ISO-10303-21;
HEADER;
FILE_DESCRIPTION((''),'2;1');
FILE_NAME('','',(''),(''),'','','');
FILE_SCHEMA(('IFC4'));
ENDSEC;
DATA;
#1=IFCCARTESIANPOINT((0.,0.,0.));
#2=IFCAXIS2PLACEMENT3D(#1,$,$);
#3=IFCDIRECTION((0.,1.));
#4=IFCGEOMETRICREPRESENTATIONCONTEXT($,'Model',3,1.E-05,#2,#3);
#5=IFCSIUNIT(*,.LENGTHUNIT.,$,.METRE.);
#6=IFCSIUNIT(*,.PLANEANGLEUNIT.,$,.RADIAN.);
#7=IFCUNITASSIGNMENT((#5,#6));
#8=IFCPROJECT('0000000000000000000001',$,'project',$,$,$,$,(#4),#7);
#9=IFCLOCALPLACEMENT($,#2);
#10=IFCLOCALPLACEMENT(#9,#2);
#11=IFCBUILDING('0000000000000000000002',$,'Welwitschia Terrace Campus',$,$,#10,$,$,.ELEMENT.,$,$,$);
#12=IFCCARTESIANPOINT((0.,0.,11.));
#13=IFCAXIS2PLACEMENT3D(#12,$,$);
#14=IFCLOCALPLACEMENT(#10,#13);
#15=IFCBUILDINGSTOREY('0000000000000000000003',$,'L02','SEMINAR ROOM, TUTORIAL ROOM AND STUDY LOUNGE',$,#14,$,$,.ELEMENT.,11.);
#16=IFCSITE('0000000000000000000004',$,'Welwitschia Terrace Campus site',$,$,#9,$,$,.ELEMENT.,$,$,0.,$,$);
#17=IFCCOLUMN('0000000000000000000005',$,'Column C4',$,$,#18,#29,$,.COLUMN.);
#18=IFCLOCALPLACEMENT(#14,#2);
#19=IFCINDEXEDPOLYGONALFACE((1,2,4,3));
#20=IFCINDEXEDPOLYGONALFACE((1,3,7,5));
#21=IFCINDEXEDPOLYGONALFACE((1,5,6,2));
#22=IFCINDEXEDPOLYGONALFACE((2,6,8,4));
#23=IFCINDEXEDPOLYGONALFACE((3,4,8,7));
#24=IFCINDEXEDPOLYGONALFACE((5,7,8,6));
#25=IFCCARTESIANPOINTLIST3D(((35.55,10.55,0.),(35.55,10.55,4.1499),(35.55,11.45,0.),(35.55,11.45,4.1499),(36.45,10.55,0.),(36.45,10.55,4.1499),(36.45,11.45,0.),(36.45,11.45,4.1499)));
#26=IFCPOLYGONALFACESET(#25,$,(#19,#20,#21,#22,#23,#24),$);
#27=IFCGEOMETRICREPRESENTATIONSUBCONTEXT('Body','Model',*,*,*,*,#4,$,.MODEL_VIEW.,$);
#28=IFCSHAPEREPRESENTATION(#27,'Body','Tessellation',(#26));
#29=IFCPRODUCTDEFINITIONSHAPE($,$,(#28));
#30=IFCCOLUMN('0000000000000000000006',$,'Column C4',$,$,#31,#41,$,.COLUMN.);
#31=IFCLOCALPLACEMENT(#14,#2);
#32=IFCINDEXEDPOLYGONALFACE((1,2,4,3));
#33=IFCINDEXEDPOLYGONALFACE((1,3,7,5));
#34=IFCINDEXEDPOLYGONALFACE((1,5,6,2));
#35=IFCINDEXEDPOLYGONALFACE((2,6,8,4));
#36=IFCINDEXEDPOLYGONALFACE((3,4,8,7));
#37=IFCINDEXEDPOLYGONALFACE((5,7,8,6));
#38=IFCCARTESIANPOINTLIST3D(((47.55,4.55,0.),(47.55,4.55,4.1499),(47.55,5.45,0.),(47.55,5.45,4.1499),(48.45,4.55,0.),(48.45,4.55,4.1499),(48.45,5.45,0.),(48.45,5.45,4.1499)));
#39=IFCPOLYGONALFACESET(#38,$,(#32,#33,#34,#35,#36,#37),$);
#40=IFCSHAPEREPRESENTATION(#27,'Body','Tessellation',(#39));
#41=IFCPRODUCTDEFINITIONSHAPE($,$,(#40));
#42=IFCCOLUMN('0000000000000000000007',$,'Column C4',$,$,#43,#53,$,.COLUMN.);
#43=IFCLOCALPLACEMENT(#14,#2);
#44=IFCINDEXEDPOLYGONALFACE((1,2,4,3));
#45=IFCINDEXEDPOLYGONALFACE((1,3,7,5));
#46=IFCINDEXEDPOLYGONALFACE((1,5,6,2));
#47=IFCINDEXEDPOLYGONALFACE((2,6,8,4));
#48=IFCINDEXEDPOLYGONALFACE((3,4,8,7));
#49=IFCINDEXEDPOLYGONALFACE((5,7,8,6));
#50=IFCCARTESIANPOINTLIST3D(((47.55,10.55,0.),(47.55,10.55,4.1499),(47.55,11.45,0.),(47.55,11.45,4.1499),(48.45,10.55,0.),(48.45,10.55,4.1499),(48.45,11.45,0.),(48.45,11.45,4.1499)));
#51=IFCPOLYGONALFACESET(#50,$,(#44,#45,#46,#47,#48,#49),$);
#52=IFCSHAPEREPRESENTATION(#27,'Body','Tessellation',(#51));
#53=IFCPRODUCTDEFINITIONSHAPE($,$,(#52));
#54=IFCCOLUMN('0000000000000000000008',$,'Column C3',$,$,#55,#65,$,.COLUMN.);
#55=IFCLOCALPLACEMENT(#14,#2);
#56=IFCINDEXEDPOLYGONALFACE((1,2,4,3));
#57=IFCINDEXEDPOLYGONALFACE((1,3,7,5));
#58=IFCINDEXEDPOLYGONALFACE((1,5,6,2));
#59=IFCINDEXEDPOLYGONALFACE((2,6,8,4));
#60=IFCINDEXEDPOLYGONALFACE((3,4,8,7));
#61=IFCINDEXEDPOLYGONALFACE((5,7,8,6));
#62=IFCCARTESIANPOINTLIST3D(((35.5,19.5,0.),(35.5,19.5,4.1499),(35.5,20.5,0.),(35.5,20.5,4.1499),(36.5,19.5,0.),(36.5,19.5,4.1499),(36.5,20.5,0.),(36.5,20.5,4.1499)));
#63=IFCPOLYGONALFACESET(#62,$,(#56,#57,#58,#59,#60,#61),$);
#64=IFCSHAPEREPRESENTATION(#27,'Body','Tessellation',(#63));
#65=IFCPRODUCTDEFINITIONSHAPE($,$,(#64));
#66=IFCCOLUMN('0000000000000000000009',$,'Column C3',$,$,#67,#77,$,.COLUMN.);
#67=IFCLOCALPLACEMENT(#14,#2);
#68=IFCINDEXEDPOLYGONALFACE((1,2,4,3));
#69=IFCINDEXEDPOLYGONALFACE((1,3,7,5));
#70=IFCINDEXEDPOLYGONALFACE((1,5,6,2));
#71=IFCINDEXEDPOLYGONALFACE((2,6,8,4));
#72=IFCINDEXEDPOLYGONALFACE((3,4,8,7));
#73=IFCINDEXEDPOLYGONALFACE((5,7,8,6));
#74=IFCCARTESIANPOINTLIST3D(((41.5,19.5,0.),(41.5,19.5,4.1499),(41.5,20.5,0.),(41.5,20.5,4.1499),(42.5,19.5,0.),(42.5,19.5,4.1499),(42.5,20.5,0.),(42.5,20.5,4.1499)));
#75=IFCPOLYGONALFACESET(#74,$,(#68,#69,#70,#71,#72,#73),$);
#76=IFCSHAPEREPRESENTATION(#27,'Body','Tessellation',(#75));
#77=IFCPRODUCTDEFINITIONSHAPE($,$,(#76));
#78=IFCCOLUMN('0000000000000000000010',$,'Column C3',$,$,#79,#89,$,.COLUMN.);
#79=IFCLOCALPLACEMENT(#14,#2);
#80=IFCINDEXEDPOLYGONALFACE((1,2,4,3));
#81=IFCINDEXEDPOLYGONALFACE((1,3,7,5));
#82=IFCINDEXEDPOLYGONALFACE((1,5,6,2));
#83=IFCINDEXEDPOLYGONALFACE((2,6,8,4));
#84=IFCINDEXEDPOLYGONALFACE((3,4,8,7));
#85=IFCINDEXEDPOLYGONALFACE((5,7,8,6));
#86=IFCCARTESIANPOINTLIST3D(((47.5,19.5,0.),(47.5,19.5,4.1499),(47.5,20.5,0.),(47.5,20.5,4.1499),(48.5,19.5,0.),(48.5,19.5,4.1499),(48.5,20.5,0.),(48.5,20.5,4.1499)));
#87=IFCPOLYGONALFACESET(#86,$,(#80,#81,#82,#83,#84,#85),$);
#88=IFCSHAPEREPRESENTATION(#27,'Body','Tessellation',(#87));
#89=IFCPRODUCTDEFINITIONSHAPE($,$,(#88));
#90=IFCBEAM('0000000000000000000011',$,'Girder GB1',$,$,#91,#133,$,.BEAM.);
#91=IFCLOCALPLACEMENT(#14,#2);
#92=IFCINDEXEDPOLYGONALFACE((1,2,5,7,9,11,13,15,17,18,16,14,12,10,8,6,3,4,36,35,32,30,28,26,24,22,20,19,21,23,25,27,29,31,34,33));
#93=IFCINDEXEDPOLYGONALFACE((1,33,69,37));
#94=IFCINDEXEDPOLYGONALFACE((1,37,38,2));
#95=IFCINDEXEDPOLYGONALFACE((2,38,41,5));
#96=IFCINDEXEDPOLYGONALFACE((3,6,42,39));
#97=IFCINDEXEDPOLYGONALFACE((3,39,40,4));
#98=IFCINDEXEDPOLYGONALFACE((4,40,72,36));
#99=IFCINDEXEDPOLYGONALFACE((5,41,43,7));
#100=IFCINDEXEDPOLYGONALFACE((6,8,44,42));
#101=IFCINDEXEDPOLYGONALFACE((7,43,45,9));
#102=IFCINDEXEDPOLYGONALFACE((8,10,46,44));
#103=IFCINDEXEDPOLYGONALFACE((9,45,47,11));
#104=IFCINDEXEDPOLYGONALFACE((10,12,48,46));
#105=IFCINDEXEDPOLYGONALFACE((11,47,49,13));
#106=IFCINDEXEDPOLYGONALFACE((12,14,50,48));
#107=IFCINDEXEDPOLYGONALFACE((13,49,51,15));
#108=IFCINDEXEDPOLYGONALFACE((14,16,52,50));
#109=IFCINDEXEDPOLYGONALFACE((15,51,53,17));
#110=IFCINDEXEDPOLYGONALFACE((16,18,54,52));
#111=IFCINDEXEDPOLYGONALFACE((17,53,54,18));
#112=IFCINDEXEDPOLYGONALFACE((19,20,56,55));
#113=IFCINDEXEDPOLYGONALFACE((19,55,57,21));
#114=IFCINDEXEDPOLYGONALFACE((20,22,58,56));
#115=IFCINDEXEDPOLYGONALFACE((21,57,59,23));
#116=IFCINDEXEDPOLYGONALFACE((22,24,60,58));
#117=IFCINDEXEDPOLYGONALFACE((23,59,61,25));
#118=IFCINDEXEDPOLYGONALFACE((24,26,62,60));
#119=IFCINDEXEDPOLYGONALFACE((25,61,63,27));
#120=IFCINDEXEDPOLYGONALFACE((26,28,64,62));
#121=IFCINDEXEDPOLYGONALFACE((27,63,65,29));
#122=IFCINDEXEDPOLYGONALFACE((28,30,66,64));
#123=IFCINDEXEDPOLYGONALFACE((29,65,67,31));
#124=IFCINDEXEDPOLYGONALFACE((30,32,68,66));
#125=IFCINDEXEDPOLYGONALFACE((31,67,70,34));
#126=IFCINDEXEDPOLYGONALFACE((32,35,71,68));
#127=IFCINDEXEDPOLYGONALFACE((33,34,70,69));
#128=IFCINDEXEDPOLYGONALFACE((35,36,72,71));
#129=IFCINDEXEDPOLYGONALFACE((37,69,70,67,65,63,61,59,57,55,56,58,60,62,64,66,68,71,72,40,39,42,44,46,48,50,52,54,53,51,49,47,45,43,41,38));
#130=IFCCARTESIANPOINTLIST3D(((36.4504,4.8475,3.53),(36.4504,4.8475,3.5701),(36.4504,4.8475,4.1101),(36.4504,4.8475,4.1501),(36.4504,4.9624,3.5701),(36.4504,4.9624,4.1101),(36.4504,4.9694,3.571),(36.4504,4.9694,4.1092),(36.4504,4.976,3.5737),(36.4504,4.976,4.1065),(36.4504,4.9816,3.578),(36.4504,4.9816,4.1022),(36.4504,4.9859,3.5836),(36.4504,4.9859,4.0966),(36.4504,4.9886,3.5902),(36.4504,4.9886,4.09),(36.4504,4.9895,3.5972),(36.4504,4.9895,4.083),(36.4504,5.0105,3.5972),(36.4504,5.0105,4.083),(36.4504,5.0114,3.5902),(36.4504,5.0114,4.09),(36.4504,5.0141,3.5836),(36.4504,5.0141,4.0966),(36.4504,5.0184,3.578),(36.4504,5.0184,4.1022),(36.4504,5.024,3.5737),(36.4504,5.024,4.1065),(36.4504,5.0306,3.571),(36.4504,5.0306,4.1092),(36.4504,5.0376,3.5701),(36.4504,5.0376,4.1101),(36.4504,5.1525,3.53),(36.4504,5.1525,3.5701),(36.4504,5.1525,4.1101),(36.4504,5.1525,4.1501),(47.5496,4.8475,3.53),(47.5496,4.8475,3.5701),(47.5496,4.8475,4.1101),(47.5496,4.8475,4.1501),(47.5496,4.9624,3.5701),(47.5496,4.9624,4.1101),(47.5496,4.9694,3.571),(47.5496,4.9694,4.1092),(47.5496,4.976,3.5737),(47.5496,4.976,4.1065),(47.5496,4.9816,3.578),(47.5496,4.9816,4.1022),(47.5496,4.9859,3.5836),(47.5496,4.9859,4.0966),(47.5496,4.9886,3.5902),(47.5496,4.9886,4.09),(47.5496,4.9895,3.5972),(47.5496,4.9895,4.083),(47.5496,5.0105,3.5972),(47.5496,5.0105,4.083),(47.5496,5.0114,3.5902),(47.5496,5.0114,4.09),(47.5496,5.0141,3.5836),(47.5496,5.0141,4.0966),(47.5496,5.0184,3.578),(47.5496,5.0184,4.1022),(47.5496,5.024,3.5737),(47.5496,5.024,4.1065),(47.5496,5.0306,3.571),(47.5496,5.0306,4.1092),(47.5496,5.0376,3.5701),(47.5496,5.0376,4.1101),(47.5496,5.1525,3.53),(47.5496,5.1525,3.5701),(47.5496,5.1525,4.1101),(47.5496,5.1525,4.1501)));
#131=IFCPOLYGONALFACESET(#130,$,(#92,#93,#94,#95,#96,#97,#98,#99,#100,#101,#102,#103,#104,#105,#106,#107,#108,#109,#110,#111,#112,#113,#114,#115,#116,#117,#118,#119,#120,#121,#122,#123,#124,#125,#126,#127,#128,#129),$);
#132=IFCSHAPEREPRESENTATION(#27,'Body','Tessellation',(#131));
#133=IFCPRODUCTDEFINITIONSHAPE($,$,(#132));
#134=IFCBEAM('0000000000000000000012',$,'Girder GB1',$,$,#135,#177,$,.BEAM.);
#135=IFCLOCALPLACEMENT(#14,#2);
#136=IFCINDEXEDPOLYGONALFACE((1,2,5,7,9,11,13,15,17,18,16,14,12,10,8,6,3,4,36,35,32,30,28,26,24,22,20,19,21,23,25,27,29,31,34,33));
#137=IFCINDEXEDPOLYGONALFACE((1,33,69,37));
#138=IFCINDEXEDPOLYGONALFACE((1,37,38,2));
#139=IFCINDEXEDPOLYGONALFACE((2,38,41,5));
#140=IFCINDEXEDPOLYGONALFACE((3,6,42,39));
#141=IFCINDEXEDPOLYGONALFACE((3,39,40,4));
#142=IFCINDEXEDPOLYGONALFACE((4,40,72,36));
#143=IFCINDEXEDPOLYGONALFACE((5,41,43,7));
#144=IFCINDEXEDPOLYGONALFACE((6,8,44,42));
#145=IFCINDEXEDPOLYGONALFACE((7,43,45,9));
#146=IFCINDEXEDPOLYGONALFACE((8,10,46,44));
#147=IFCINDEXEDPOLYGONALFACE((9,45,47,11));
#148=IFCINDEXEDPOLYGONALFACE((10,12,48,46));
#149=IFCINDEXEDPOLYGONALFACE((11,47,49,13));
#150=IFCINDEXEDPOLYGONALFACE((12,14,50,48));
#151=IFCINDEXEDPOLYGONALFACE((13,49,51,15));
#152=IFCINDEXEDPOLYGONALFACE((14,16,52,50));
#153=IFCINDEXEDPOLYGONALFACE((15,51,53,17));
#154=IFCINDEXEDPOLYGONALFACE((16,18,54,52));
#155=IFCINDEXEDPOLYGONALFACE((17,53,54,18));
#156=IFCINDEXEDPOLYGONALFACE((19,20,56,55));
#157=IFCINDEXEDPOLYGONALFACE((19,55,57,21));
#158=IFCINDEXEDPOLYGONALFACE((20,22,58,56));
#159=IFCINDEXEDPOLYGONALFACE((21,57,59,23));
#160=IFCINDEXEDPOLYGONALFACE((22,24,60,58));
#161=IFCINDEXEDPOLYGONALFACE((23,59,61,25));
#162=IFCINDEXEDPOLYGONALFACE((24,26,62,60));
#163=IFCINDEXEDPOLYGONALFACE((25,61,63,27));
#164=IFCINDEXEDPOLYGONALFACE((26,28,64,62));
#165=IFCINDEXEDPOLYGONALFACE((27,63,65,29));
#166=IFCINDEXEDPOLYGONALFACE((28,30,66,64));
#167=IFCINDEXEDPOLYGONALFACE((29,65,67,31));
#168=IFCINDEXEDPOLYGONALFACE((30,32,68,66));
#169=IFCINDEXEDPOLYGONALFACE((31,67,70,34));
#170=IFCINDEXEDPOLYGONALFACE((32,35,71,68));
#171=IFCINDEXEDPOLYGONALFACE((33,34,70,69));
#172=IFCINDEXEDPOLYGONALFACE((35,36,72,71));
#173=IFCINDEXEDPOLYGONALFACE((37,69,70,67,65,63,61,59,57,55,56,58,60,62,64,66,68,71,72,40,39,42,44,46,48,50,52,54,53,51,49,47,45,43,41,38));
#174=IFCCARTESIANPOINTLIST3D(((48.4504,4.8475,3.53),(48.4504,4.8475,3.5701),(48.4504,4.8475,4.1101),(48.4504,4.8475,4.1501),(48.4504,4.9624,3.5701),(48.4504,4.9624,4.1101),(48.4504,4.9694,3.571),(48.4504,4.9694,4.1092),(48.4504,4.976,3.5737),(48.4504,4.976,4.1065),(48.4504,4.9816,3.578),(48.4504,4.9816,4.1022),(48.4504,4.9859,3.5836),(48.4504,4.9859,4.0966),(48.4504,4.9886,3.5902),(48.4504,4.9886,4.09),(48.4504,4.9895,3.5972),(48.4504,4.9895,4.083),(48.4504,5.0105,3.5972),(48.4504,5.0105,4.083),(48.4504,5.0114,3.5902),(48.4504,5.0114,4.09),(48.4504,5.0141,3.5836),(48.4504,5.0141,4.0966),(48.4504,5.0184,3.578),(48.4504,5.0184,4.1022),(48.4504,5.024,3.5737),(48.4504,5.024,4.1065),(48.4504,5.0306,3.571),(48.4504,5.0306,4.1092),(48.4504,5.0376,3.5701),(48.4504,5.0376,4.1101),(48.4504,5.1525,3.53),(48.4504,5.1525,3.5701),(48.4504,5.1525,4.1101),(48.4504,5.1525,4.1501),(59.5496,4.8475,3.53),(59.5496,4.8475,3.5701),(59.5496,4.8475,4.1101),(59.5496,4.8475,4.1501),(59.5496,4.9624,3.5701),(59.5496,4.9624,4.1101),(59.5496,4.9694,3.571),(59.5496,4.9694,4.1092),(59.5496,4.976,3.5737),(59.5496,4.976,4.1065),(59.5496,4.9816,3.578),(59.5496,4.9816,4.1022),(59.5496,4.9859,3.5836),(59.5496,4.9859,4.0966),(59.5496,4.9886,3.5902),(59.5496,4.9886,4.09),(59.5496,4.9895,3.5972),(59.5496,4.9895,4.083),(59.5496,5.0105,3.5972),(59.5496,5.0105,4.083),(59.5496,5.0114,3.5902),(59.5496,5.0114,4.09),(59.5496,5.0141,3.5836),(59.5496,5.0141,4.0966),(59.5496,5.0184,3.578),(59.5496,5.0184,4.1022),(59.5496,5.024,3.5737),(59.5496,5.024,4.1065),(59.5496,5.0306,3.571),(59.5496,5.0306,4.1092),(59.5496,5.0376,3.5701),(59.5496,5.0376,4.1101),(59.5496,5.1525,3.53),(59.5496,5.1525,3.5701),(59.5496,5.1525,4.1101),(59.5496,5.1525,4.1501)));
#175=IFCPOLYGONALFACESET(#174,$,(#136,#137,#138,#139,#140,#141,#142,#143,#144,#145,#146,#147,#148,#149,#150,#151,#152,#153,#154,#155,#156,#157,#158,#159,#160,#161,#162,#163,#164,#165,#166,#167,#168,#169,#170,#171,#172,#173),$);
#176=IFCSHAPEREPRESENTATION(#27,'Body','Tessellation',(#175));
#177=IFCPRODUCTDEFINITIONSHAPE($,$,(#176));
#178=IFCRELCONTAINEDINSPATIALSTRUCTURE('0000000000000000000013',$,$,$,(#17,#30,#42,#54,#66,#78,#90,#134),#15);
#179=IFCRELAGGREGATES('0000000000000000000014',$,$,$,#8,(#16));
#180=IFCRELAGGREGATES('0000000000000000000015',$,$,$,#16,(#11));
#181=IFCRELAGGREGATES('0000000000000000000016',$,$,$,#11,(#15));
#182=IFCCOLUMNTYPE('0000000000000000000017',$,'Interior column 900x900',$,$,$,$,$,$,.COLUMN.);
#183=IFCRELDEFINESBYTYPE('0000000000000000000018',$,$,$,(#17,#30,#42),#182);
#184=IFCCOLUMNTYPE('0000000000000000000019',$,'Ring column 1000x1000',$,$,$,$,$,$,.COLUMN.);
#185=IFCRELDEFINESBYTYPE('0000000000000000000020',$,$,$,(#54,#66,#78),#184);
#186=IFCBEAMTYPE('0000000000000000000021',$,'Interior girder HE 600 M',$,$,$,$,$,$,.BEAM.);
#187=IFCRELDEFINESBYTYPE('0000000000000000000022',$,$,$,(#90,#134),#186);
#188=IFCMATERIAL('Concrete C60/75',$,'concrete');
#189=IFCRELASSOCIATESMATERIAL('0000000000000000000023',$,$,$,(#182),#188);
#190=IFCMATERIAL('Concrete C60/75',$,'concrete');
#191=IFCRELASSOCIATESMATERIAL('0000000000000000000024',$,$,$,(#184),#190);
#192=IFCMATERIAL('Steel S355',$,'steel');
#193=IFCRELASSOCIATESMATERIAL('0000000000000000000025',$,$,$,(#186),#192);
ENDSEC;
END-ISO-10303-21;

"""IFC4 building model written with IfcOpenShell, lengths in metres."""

from ifc_helpers import new_model, si_unit, direction, frame, origin, origin_2d, place, context, subcontext, project, spatial, rectangle, i_section, extrude, material, material_profile, profile_set, type_object, element, save


model = new_model("IFC4")

# Units and contexts
model_context = context("Model", 3, precision=1e-05, world=origin(), true_north=direction((0.0, 1.0)))
body_context = subcontext(model_context, "Body", "Model", "MODEL_VIEW")
ifc_project = project(units=[si_unit("LENGTHUNIT", "METRE"), si_unit("PLANEANGLEUNIT", "RADIAN")], contexts=[model_context])

# Site, building, storey
site_placement = place(None, origin())
site = spatial("IfcSite", under=ifc_project, at=site_placement, Name="Welwitschia Terrace Campus site", CompositionType="ELEMENT", RefElevation=0.0)
building_placement = place(site_placement, origin())
building = spatial("IfcBuilding", under=site, at=building_placement, Name="Welwitschia Terrace Campus", CompositionType="ELEMENT")
storey_placement = place(building_placement, frame((0.0, 0.0, 11.0)))
storey = spatial("IfcBuildingStorey", under=building, at=storey_placement, Name="L02", Description="SEMINAR ROOM, TUTORIAL ROOM AND STUDY LOUNGE", CompositionType="ELEMENT", Elevation=11.0)

# Columns
ifc_material_1 = material(Name="Concrete C60/75", Category="concrete")
ifc_material_profile_1 = material_profile(ifc_material_1, rectangle(XDim=0.8999, YDim=0.8999, at=origin_2d()))
ifc_profile_set_1 = profile_set([ifc_material_profile_1], Name="Concrete C60/75")
column_type_1 = type_object("IfcColumnType", Name="Interior column 900x900", PredefinedType="COLUMN", material=ifc_profile_set_1)
for number, where, z_axis, x_axis, name in (
    (1, (36.0, 11.0, 0.0), (0.0, 0.0, 1.0), (1.0, 0.0, 0.0), "Column C4"),
    (2, (48.0, 5.0, 0.0), (0.0, 0.0, 1.0), (1.0, 0.0, 0.0), "Column C4"),
    (3, (48.0, 11.0, 0.0), (0.0, 0.0, 1.0), (1.0, 0.0, 0.0), "Column C4"),
):
    element("IfcColumn", number, at=place(storey_placement, frame(where, z_axis=z_axis, x_axis=x_axis)), inside=storey, type_object=column_type_1, Name=name, PredefinedType="COLUMN", context=body_context, shape_type="SweptSolid", body=[
        extrude(rectangle(XDim=0.8999, YDim=0.8999, at=origin_2d()), origin(), (0.0, 0.0, 1.0), 4.1499),
    ])
ifc_material_2 = material(Name="Concrete C60/75", Category="concrete")
ifc_material_profile_2 = material_profile(ifc_material_2, rectangle(XDim=1.0, YDim=1.0, at=origin_2d()))
ifc_profile_set_2 = profile_set([ifc_material_profile_2], Name="Concrete C60/75")
column_type_2 = type_object("IfcColumnType", Name="Ring column 1000x1000", PredefinedType="COLUMN", material=ifc_profile_set_2)
for number, where, z_axis, x_axis, name in (
    (4, (36.0, 20.0, 0.0), (0.0, 0.0, 1.0), (1.0, 0.0, 0.0), "Column C3"),
    (5, (42.0, 20.0, 0.0), (0.0, 0.0, 1.0), (1.0, 0.0, 0.0), "Column C3"),
    (6, (48.0, 20.0, 0.0), (0.0, 0.0, 1.0), (1.0, 0.0, 0.0), "Column C3"),
):
    element("IfcColumn", number, at=place(storey_placement, frame(where, z_axis=z_axis, x_axis=x_axis)), inside=storey, type_object=column_type_2, Name=name, PredefinedType="COLUMN", context=body_context, shape_type="SweptSolid", body=[
        extrude(rectangle(XDim=1.0, YDim=1.0, at=origin_2d()), origin(), (0.0, 0.0, 1.0), 4.1499),
    ])

# Beams
ifc_material_3 = material(Name="Steel S355", Category="steel")
ifc_material_profile_3 = material_profile(ifc_material_3, i_section(OverallWidth=0.3049, OverallDepth=0.6201, WebThickness=0.021, FlangeThickness=0.04, FilletRadius=0.0271, at=origin_2d()))
ifc_profile_set_3 = profile_set([ifc_material_profile_3], Name="Steel S355")
beam_type_1 = type_object("IfcBeamType", Name="Interior girder HE 600 M", PredefinedType="BEAM", material=ifc_profile_set_3)
for number, where, z_axis, x_axis, name in (
    (7, (36.4504, 5.0, 3.8401), (1.0, 0.0, 0.0), (0.0, 1.0, 0.0), "Girder GB1"),
    (8, (48.4504, 5.0, 3.8401), (1.0, 0.0, 0.0), (0.0, 1.0, 0.0), "Girder GB1"),
):
    element("IfcBeam", number, at=place(storey_placement, frame(where, z_axis=z_axis, x_axis=x_axis)), inside=storey, type_object=beam_type_1, Name=name, PredefinedType="BEAM", context=body_context, shape_type="SweptSolid", body=[
        extrude(i_section(OverallWidth=0.3049, OverallDepth=0.6201, WebThickness=0.021, FlangeThickness=0.04, FilletRadius=0.0271, at=origin_2d()), origin(), (0.0, 0.0, 1.0), 11.0991),
    ])

save(model, "model.ifc")
